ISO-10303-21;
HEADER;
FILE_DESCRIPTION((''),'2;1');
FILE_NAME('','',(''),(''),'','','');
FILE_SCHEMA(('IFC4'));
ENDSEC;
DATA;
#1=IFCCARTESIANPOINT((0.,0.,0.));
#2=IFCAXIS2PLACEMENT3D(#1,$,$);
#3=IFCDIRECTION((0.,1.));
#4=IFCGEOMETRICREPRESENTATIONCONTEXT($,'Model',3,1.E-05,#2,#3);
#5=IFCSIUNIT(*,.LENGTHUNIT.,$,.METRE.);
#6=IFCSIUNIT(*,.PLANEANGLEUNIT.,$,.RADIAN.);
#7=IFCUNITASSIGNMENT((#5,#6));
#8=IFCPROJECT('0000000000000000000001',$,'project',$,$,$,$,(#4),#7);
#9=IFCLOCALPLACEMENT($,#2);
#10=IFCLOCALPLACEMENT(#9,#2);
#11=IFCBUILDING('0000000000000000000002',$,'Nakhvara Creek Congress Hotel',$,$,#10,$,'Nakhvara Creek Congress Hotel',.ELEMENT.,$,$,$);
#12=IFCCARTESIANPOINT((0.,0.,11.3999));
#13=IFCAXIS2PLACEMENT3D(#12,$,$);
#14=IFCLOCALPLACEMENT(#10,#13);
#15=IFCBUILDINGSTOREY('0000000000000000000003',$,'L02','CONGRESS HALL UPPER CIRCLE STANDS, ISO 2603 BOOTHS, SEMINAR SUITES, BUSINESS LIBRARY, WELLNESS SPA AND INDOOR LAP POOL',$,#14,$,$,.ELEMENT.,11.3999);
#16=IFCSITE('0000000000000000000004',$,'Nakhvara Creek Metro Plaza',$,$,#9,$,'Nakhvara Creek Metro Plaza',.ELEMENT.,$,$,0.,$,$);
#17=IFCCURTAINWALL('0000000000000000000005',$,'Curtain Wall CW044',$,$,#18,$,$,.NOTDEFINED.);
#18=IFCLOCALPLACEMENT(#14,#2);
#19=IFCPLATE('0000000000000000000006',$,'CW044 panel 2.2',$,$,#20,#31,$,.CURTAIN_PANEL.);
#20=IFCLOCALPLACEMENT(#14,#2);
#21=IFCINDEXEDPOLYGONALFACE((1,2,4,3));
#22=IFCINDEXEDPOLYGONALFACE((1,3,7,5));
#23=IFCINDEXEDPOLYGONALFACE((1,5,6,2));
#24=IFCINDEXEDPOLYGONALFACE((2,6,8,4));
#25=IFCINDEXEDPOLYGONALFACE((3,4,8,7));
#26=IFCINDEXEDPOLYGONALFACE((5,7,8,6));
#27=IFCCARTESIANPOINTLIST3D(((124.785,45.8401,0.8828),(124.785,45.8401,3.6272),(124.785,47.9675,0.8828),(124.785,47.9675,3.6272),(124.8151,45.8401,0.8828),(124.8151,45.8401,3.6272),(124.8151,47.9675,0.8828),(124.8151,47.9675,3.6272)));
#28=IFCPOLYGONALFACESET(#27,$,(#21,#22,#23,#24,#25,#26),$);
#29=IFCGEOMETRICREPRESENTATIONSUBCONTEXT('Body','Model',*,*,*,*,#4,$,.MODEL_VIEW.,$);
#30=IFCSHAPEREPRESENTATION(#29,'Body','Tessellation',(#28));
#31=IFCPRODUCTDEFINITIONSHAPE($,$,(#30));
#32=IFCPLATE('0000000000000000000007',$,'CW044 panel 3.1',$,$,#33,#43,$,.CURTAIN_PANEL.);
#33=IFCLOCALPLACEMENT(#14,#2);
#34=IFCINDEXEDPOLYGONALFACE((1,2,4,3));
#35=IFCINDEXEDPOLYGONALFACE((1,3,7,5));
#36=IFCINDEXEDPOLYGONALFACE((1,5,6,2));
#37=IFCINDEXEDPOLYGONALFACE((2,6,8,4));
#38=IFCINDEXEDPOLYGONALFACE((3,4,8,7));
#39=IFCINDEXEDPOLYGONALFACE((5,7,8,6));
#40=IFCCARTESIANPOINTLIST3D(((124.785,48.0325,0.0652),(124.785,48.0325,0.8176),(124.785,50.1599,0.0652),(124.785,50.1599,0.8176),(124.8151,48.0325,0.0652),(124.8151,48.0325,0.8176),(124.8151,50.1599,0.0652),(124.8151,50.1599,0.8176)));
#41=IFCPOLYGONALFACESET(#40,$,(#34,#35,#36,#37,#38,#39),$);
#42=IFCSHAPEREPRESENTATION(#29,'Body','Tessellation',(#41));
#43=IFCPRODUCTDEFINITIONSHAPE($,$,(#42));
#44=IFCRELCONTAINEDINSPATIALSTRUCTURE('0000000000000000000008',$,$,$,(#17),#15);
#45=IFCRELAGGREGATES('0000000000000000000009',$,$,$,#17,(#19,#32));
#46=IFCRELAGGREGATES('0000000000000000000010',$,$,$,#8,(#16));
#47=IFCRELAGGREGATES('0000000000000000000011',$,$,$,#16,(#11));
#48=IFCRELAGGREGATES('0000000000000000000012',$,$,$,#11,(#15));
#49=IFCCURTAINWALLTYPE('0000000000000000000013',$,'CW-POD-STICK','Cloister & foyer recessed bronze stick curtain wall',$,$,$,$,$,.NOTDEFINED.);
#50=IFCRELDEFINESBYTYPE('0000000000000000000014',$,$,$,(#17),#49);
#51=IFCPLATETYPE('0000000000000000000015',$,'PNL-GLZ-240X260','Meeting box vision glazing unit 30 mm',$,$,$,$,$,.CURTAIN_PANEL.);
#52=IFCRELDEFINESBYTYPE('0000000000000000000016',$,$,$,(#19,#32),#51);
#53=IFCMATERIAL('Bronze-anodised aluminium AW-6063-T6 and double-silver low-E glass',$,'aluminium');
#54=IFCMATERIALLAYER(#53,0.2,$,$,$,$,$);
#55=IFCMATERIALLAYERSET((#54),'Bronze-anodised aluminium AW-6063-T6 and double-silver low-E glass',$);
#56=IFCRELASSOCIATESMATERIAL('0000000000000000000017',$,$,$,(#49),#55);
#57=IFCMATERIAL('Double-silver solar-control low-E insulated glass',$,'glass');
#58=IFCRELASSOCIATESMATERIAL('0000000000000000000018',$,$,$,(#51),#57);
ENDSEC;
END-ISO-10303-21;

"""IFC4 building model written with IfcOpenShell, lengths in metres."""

from ifc_helpers import new_model, si_unit, direction, frame, origin, origin_2d, place, context, subcontext, project, spatial, rectangle, extrude, material, layer, layer_set, type_object, element, aggregate, save


model = new_model("IFC4")

# Units and contexts
model_context = context("Model", 3, precision=1e-05, world=origin(), true_north=direction((0.0, 1.0)))
body_context = subcontext(model_context, "Body", "Model", "MODEL_VIEW")
ifc_project = project(units=[si_unit("LENGTHUNIT", "METRE"), si_unit("PLANEANGLEUNIT", "RADIAN")], contexts=[model_context])

# Site, building, storey
site_placement = place(None, origin())
site = spatial("IfcSite", under=ifc_project, at=site_placement, Name="Nakhvara Creek Metro Plaza", LongName="Nakhvara Creek Metro Plaza", CompositionType="ELEMENT", RefElevation=0.0)
building_placement = place(site_placement, origin())
building = spatial("IfcBuilding", under=site, at=building_placement, Name="Nakhvara Creek Congress Hotel", LongName="Nakhvara Creek Congress Hotel", CompositionType="ELEMENT")
storey_placement = place(building_placement, frame((0.0, 0.0, 11.3999)))
storey = spatial("IfcBuildingStorey", under=building, at=storey_placement, Name="L02", Description="CONGRESS HALL UPPER CIRCLE STANDS, ISO 2603 BOOTHS, SEMINAR SUITES, BUSINESS LIBRARY, WELLNESS SPA AND INDOOR LAP POOL", CompositionType="ELEMENT", Elevation=11.3999)

# Shared definitions
ifc_material_1 = material(Name="Bronze-anodised aluminium AW-6063-T6 and double-silver low-E glass", Category="aluminium")
ifc_layer = layer(ifc_material_1, 0.2)
ifc_layer_set = layer_set([ifc_layer], Name="Bronze-anodised aluminium AW-6063-T6 and double-silver low-E glass")
curtain_wall_type = type_object("IfcCurtainWallType", Name="CW-POD-STICK", Description="Cloister & foyer recessed bronze stick curtain wall", PredefinedType="NOTDEFINED", material=ifc_layer_set)

# Curtain wall
curtain_wall_1_placement = place(storey_placement, origin())
curtain_wall_1 = element("IfcCurtainWall", 1, at=curtain_wall_1_placement, inside=storey, type_object=curtain_wall_type, Name="Curtain Wall CW044", PredefinedType="NOTDEFINED")

# Plates
ifc_material_2 = material(Name="Double-silver solar-control low-E insulated glass", Category="glass")
plate_type = type_object("IfcPlateType", Name="PNL-GLZ-240X260", Description="Meeting box vision glazing unit 30 mm", PredefinedType="CURTAIN_PANEL", material=ifc_material_2)
plate_1_placement = place(storey_placement, frame((124.8, 46.9038, 0.8828), z_axis=(0.0, 0.0, 1.0), x_axis=(0.0, 1.0, 0.0)))
plate_1 = element("IfcPlate", 2, at=plate_1_placement, type_object=plate_type, Name="CW044 panel 2.2", PredefinedType="CURTAIN_PANEL", context=body_context, shape_type="SweptSolid", body=[
    extrude(rectangle(XDim=2.1274, YDim=0.03, at=origin_2d()), origin(), (0.0, 0.0, 1.0), 2.7444),
])
plate_2_placement = place(storey_placement, frame((124.8, 49.0962, 0.0652), z_axis=(0.0, 0.0, 1.0), x_axis=(0.0, 1.0, 0.0)))
plate_2 = element("IfcPlate", 3, at=plate_2_placement, type_object=plate_type, Name="CW044 panel 3.1", PredefinedType="CURTAIN_PANEL", context=body_context, shape_type="SweptSolid", body=[
    extrude(rectangle(XDim=2.1274, YDim=0.03, at=origin_2d()), origin(), (0.0, 0.0, 1.0), 0.7524),
])
aggregate(curtain_wall_1, [plate_1, plate_2])

save(model, "model.ifc")
